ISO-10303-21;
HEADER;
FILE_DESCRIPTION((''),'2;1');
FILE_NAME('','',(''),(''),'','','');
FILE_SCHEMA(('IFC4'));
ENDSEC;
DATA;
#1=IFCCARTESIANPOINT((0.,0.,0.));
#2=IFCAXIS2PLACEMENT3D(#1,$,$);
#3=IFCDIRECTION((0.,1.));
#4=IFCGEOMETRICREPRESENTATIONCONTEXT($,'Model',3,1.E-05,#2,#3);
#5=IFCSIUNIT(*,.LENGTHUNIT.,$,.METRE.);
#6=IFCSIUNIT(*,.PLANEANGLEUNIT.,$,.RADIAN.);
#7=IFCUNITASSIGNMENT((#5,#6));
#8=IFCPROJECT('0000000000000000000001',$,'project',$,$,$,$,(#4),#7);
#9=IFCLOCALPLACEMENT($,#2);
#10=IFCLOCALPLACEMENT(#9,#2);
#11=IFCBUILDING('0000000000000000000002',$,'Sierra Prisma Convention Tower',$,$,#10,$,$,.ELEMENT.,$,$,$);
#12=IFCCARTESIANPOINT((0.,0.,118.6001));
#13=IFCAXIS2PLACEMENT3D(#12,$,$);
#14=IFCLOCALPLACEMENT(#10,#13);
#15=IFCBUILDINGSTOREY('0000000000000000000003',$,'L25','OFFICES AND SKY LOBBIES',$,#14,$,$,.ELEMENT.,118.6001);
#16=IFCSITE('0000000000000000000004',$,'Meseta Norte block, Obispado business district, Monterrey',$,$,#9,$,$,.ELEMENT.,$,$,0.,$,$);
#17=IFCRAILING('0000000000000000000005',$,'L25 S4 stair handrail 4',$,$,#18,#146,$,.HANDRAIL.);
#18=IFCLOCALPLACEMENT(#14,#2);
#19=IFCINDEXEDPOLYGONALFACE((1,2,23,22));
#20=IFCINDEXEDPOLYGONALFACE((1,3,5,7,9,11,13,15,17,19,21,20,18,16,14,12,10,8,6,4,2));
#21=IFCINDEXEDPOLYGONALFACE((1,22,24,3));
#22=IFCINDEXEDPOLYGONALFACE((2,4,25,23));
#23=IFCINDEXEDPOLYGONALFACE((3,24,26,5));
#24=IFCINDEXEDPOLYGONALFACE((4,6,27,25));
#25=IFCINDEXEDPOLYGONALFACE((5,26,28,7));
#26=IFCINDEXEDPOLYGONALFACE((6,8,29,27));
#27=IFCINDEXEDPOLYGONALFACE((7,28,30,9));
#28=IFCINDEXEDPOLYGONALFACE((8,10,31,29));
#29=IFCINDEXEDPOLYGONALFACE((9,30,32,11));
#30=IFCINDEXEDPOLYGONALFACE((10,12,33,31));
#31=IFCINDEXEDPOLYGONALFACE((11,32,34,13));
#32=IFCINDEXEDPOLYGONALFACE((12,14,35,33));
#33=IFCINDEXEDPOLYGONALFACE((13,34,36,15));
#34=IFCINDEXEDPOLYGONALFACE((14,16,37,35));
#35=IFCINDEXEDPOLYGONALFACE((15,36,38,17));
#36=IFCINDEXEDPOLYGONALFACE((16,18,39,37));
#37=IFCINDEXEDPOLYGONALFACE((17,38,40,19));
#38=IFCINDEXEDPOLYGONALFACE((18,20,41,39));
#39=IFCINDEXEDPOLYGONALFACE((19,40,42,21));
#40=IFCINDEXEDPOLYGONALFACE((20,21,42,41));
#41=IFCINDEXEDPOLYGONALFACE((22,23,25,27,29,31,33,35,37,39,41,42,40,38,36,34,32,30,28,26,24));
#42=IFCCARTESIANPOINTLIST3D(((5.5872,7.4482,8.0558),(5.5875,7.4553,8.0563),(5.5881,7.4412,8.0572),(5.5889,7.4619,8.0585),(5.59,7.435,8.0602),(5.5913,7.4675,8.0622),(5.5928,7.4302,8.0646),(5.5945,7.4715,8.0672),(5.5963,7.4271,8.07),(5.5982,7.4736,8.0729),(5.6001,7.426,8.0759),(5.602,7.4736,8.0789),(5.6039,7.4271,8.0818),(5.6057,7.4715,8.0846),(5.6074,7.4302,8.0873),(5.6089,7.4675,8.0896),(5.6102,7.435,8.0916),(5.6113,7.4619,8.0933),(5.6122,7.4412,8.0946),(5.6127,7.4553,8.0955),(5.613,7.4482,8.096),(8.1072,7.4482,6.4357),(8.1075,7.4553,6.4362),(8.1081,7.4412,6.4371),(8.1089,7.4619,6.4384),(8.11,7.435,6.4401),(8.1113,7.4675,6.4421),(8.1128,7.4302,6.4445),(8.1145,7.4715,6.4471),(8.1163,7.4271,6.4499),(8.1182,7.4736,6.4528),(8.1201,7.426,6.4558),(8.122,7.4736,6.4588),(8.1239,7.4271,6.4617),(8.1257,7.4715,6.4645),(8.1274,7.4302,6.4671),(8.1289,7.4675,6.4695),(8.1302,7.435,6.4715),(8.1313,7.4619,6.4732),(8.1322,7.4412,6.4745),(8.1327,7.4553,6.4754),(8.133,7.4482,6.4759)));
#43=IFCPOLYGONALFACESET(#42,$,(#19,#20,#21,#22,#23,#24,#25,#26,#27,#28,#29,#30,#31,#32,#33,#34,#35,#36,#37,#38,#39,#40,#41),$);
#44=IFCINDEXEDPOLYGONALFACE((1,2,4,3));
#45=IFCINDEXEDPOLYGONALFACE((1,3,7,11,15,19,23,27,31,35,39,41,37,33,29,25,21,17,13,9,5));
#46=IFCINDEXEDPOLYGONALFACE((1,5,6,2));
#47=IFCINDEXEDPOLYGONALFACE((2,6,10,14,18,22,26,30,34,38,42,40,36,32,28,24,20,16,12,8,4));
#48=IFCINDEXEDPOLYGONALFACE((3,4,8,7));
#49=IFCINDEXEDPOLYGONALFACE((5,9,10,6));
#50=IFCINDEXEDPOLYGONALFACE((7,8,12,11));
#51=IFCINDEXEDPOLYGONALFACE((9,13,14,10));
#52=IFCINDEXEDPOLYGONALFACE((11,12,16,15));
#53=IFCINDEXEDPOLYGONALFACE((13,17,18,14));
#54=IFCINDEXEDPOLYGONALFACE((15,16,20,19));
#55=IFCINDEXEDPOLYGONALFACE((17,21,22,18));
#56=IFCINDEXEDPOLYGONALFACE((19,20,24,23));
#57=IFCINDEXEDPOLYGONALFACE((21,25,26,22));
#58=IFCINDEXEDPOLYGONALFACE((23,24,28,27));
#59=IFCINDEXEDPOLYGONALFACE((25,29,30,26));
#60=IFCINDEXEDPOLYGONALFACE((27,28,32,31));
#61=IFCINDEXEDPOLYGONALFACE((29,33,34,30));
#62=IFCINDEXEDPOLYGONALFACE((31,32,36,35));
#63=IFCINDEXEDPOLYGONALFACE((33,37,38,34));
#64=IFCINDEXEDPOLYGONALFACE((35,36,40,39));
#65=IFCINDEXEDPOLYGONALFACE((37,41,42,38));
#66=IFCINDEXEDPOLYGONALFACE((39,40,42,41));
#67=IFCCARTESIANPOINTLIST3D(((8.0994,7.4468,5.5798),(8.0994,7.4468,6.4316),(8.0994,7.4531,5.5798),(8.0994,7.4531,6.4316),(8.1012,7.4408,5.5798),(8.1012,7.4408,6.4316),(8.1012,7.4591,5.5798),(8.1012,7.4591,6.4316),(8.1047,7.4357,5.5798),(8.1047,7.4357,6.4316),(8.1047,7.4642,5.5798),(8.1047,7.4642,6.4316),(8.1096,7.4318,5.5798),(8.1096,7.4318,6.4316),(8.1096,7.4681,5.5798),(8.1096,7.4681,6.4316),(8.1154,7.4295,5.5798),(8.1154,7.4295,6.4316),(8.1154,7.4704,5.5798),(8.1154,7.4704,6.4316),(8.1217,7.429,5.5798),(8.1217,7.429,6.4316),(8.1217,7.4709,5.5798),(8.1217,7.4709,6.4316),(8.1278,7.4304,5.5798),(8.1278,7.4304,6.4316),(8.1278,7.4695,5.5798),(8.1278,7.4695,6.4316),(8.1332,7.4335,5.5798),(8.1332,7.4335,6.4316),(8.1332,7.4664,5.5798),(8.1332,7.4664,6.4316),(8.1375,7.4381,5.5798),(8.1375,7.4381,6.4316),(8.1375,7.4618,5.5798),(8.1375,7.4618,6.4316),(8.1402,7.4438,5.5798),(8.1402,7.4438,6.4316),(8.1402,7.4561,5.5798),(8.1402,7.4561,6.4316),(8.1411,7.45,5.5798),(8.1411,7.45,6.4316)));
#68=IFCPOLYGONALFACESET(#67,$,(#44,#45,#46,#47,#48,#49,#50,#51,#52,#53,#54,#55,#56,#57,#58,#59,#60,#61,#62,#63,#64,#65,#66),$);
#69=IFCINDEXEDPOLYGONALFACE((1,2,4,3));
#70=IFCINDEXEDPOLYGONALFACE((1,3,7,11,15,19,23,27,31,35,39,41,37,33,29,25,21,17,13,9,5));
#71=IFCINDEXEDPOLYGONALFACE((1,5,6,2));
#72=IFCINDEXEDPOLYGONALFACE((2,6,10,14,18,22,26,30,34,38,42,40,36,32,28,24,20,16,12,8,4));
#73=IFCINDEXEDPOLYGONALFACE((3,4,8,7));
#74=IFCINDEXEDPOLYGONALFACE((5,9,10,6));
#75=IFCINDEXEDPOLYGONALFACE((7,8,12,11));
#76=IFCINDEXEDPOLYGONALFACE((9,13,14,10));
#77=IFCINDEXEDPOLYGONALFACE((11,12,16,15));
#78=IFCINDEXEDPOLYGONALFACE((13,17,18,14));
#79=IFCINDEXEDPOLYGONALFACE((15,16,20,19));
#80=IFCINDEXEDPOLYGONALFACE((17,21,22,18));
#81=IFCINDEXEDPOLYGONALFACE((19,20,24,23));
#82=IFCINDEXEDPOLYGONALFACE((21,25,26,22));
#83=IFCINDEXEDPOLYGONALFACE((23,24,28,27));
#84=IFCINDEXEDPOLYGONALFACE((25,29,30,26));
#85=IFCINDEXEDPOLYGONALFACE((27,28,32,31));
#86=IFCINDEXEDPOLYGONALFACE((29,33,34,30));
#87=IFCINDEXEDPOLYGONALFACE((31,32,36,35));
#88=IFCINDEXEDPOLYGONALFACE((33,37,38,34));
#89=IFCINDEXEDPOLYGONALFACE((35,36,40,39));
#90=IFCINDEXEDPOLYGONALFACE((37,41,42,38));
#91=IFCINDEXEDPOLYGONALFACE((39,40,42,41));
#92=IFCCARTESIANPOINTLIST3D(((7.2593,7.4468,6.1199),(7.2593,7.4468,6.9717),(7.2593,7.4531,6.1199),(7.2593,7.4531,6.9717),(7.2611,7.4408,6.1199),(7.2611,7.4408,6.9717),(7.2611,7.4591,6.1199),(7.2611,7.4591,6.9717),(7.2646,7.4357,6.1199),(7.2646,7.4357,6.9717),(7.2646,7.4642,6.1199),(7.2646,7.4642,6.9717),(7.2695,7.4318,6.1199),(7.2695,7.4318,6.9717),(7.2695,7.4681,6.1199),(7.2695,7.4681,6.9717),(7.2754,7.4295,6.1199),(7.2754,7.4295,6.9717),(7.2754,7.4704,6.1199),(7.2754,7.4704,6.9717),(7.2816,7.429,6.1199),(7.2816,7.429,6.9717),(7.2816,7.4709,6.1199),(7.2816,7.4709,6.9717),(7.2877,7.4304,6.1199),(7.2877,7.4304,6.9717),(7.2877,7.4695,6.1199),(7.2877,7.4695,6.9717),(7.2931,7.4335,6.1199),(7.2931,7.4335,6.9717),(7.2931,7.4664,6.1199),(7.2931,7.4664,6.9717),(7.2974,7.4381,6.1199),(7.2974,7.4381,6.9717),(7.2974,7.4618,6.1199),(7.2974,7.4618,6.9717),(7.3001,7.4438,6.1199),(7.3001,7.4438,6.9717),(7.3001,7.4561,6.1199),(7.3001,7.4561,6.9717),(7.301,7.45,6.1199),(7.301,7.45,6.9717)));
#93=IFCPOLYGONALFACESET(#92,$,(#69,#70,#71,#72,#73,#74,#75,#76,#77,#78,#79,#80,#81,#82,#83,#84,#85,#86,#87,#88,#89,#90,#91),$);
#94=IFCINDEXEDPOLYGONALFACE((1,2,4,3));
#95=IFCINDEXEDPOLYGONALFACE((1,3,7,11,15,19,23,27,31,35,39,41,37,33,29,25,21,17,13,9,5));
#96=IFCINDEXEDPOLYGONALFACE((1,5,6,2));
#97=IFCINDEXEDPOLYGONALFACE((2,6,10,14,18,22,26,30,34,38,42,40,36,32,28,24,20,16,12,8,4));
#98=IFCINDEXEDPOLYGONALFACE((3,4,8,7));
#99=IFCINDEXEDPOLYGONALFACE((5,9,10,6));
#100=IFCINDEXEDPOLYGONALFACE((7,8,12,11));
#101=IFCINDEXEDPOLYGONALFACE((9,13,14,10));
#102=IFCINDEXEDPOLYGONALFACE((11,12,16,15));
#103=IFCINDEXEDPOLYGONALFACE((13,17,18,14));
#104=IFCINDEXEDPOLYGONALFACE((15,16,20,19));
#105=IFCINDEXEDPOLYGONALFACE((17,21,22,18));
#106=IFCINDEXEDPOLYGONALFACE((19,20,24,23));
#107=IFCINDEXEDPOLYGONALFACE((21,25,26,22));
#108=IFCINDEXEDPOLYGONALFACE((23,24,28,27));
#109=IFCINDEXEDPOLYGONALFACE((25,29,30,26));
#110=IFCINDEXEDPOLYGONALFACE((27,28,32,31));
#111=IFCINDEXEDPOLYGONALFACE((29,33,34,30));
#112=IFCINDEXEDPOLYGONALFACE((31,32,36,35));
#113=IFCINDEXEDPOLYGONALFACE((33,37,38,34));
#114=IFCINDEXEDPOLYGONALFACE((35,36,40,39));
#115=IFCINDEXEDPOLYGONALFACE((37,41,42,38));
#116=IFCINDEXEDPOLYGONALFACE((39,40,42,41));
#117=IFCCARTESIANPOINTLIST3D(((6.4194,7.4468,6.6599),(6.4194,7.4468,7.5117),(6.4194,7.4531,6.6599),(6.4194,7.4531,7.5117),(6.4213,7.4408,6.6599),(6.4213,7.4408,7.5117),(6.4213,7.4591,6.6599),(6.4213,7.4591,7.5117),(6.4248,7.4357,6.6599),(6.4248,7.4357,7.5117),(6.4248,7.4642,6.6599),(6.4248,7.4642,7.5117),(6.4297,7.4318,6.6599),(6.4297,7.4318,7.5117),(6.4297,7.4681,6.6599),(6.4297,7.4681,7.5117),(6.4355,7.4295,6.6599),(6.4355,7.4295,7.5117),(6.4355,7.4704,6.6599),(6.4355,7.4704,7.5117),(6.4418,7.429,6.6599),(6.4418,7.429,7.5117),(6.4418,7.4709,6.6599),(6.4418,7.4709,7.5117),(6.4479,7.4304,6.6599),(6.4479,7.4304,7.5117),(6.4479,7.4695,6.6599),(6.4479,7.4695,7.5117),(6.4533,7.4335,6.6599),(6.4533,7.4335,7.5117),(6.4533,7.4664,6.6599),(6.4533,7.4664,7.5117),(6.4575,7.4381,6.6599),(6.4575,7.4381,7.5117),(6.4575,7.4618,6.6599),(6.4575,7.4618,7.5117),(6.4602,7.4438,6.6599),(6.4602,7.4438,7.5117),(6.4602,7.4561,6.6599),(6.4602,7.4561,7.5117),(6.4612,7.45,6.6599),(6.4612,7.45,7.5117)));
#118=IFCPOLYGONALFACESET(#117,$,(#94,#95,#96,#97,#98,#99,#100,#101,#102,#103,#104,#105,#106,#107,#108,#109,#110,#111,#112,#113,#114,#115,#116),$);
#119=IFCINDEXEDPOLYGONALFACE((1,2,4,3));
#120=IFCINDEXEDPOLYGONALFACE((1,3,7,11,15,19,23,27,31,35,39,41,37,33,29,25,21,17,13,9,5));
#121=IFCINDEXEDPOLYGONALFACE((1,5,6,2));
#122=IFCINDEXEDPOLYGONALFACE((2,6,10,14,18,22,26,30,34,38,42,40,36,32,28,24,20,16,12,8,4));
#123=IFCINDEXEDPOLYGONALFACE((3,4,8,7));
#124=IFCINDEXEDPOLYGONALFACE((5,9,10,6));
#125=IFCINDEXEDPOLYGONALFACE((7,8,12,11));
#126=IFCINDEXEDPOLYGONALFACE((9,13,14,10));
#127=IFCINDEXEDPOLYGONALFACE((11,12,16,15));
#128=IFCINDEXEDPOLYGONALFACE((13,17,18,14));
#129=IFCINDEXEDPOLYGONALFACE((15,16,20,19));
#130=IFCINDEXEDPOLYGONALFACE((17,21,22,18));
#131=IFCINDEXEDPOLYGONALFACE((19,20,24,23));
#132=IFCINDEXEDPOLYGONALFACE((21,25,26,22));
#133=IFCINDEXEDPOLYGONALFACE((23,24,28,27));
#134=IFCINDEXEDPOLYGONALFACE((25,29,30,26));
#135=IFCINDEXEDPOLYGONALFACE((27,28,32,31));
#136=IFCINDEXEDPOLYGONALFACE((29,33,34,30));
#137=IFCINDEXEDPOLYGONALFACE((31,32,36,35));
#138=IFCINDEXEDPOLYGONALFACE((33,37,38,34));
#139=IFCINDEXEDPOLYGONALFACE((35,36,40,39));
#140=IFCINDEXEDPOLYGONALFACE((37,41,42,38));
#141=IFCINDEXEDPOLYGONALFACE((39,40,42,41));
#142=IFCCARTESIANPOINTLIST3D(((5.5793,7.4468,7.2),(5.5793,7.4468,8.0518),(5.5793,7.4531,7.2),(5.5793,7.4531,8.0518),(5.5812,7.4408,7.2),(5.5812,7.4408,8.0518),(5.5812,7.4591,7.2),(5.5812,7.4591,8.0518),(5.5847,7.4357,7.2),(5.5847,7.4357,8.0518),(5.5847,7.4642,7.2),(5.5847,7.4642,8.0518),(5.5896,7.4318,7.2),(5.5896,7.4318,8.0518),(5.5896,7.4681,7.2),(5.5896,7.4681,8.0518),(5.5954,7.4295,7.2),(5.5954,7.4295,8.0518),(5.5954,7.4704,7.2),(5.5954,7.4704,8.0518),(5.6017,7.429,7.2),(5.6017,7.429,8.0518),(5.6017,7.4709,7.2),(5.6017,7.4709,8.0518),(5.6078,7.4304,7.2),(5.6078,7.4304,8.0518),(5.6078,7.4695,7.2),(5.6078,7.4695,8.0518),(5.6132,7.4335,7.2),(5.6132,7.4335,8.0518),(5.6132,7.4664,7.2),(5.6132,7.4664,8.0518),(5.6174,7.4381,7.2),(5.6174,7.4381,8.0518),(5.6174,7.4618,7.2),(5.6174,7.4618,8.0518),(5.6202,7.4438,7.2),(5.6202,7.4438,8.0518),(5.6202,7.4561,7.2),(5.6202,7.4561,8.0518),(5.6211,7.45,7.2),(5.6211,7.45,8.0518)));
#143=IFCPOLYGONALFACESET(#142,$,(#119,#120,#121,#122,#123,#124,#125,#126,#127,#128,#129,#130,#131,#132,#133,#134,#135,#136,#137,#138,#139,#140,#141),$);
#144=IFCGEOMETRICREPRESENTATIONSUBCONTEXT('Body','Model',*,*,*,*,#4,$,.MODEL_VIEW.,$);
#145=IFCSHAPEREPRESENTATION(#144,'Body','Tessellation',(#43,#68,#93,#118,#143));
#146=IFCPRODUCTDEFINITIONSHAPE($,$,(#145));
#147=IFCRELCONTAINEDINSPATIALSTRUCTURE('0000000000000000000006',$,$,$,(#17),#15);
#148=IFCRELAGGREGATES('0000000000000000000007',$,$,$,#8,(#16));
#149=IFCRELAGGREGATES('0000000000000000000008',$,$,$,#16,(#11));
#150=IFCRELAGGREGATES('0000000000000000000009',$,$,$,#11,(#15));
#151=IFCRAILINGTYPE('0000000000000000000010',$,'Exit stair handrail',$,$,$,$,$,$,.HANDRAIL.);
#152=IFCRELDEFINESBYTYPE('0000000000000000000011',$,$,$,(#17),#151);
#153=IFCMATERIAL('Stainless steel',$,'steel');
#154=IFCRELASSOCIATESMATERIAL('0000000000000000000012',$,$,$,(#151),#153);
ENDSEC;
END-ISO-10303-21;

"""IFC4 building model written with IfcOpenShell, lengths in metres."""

from ifc_helpers import new_model, si_unit, direction, frame, origin, origin_2d, place, context, subcontext, project, spatial, circle, extrude, material, type_object, element, save


model = new_model("IFC4")

# Units and contexts
model_context = context("Model", 3, precision=1e-05, world=origin(), true_north=direction((0.0, 1.0)))
body_context = subcontext(model_context, "Body", "Model", "MODEL_VIEW")
ifc_project = project(units=[si_unit("LENGTHUNIT", "METRE"), si_unit("PLANEANGLEUNIT", "RADIAN")], contexts=[model_context])

# Site, building, storey
site_placement = place(None, origin())
site = spatial("IfcSite", under=ifc_project, at=site_placement, Name="Meseta Norte block, Obispado business district, Monterrey", CompositionType="ELEMENT", RefElevation=0.0)
building_placement = place(site_placement, origin())
building = spatial("IfcBuilding", under=site, at=building_placement, Name="Sierra Prisma Convention Tower", CompositionType="ELEMENT")
storey_placement = place(building_placement, frame((0.0, 0.0, 118.6001)))
storey = spatial("IfcBuildingStorey", under=building, at=storey_placement, Name="L25", Description="OFFICES AND SKY LOBBIES", CompositionType="ELEMENT", Elevation=118.6001)

# Railing
ifc_material_1 = material(Name="Stainless steel", Category="steel")
railing_type = type_object("IfcRailingType", Name="Exit stair handrail", PredefinedType="HANDRAIL", material=ifc_material_1)
railing_1_placement = place(storey_placement, frame((8.1201, 7.45, 5.5798)))
element("IfcRailing", 1, at=railing_1_placement, inside=storey, type_object=railing_type, Name="L25 S4 stair handrail 4", PredefinedType="HANDRAIL", context=body_context, shape_type="SweptSolid", body=[
    extrude(circle(Radius=0.0239, at=origin_2d()), frame((0.0, 0.0, 0.876), z_axis=(-0.841163, 0.0, 0.540782), x_axis=(0.0, -1.0, 0.0)), (0.0, 0.0, 1.0), 2.9958),
    extrude(circle(Radius=0.021, at=origin_2d()), origin(), (0.0, 0.0, 1.0), 0.8518),
    extrude(circle(Radius=0.021, at=origin_2d()), frame((-0.8401, 0.0, 0.54)), (0.0, 0.0, 1.0), 0.8518),
    extrude(circle(Radius=0.021, at=origin_2d()), frame((-1.6799, 0.0, 1.0801)), (0.0, 0.0, 1.0), 0.8518),
    extrude(circle(Radius=0.021, at=origin_2d()), frame((-2.52, 0.0, 1.6201)), (0.0, 0.0, 1.0), 0.8518),
])

save(model, "model.ifc")
